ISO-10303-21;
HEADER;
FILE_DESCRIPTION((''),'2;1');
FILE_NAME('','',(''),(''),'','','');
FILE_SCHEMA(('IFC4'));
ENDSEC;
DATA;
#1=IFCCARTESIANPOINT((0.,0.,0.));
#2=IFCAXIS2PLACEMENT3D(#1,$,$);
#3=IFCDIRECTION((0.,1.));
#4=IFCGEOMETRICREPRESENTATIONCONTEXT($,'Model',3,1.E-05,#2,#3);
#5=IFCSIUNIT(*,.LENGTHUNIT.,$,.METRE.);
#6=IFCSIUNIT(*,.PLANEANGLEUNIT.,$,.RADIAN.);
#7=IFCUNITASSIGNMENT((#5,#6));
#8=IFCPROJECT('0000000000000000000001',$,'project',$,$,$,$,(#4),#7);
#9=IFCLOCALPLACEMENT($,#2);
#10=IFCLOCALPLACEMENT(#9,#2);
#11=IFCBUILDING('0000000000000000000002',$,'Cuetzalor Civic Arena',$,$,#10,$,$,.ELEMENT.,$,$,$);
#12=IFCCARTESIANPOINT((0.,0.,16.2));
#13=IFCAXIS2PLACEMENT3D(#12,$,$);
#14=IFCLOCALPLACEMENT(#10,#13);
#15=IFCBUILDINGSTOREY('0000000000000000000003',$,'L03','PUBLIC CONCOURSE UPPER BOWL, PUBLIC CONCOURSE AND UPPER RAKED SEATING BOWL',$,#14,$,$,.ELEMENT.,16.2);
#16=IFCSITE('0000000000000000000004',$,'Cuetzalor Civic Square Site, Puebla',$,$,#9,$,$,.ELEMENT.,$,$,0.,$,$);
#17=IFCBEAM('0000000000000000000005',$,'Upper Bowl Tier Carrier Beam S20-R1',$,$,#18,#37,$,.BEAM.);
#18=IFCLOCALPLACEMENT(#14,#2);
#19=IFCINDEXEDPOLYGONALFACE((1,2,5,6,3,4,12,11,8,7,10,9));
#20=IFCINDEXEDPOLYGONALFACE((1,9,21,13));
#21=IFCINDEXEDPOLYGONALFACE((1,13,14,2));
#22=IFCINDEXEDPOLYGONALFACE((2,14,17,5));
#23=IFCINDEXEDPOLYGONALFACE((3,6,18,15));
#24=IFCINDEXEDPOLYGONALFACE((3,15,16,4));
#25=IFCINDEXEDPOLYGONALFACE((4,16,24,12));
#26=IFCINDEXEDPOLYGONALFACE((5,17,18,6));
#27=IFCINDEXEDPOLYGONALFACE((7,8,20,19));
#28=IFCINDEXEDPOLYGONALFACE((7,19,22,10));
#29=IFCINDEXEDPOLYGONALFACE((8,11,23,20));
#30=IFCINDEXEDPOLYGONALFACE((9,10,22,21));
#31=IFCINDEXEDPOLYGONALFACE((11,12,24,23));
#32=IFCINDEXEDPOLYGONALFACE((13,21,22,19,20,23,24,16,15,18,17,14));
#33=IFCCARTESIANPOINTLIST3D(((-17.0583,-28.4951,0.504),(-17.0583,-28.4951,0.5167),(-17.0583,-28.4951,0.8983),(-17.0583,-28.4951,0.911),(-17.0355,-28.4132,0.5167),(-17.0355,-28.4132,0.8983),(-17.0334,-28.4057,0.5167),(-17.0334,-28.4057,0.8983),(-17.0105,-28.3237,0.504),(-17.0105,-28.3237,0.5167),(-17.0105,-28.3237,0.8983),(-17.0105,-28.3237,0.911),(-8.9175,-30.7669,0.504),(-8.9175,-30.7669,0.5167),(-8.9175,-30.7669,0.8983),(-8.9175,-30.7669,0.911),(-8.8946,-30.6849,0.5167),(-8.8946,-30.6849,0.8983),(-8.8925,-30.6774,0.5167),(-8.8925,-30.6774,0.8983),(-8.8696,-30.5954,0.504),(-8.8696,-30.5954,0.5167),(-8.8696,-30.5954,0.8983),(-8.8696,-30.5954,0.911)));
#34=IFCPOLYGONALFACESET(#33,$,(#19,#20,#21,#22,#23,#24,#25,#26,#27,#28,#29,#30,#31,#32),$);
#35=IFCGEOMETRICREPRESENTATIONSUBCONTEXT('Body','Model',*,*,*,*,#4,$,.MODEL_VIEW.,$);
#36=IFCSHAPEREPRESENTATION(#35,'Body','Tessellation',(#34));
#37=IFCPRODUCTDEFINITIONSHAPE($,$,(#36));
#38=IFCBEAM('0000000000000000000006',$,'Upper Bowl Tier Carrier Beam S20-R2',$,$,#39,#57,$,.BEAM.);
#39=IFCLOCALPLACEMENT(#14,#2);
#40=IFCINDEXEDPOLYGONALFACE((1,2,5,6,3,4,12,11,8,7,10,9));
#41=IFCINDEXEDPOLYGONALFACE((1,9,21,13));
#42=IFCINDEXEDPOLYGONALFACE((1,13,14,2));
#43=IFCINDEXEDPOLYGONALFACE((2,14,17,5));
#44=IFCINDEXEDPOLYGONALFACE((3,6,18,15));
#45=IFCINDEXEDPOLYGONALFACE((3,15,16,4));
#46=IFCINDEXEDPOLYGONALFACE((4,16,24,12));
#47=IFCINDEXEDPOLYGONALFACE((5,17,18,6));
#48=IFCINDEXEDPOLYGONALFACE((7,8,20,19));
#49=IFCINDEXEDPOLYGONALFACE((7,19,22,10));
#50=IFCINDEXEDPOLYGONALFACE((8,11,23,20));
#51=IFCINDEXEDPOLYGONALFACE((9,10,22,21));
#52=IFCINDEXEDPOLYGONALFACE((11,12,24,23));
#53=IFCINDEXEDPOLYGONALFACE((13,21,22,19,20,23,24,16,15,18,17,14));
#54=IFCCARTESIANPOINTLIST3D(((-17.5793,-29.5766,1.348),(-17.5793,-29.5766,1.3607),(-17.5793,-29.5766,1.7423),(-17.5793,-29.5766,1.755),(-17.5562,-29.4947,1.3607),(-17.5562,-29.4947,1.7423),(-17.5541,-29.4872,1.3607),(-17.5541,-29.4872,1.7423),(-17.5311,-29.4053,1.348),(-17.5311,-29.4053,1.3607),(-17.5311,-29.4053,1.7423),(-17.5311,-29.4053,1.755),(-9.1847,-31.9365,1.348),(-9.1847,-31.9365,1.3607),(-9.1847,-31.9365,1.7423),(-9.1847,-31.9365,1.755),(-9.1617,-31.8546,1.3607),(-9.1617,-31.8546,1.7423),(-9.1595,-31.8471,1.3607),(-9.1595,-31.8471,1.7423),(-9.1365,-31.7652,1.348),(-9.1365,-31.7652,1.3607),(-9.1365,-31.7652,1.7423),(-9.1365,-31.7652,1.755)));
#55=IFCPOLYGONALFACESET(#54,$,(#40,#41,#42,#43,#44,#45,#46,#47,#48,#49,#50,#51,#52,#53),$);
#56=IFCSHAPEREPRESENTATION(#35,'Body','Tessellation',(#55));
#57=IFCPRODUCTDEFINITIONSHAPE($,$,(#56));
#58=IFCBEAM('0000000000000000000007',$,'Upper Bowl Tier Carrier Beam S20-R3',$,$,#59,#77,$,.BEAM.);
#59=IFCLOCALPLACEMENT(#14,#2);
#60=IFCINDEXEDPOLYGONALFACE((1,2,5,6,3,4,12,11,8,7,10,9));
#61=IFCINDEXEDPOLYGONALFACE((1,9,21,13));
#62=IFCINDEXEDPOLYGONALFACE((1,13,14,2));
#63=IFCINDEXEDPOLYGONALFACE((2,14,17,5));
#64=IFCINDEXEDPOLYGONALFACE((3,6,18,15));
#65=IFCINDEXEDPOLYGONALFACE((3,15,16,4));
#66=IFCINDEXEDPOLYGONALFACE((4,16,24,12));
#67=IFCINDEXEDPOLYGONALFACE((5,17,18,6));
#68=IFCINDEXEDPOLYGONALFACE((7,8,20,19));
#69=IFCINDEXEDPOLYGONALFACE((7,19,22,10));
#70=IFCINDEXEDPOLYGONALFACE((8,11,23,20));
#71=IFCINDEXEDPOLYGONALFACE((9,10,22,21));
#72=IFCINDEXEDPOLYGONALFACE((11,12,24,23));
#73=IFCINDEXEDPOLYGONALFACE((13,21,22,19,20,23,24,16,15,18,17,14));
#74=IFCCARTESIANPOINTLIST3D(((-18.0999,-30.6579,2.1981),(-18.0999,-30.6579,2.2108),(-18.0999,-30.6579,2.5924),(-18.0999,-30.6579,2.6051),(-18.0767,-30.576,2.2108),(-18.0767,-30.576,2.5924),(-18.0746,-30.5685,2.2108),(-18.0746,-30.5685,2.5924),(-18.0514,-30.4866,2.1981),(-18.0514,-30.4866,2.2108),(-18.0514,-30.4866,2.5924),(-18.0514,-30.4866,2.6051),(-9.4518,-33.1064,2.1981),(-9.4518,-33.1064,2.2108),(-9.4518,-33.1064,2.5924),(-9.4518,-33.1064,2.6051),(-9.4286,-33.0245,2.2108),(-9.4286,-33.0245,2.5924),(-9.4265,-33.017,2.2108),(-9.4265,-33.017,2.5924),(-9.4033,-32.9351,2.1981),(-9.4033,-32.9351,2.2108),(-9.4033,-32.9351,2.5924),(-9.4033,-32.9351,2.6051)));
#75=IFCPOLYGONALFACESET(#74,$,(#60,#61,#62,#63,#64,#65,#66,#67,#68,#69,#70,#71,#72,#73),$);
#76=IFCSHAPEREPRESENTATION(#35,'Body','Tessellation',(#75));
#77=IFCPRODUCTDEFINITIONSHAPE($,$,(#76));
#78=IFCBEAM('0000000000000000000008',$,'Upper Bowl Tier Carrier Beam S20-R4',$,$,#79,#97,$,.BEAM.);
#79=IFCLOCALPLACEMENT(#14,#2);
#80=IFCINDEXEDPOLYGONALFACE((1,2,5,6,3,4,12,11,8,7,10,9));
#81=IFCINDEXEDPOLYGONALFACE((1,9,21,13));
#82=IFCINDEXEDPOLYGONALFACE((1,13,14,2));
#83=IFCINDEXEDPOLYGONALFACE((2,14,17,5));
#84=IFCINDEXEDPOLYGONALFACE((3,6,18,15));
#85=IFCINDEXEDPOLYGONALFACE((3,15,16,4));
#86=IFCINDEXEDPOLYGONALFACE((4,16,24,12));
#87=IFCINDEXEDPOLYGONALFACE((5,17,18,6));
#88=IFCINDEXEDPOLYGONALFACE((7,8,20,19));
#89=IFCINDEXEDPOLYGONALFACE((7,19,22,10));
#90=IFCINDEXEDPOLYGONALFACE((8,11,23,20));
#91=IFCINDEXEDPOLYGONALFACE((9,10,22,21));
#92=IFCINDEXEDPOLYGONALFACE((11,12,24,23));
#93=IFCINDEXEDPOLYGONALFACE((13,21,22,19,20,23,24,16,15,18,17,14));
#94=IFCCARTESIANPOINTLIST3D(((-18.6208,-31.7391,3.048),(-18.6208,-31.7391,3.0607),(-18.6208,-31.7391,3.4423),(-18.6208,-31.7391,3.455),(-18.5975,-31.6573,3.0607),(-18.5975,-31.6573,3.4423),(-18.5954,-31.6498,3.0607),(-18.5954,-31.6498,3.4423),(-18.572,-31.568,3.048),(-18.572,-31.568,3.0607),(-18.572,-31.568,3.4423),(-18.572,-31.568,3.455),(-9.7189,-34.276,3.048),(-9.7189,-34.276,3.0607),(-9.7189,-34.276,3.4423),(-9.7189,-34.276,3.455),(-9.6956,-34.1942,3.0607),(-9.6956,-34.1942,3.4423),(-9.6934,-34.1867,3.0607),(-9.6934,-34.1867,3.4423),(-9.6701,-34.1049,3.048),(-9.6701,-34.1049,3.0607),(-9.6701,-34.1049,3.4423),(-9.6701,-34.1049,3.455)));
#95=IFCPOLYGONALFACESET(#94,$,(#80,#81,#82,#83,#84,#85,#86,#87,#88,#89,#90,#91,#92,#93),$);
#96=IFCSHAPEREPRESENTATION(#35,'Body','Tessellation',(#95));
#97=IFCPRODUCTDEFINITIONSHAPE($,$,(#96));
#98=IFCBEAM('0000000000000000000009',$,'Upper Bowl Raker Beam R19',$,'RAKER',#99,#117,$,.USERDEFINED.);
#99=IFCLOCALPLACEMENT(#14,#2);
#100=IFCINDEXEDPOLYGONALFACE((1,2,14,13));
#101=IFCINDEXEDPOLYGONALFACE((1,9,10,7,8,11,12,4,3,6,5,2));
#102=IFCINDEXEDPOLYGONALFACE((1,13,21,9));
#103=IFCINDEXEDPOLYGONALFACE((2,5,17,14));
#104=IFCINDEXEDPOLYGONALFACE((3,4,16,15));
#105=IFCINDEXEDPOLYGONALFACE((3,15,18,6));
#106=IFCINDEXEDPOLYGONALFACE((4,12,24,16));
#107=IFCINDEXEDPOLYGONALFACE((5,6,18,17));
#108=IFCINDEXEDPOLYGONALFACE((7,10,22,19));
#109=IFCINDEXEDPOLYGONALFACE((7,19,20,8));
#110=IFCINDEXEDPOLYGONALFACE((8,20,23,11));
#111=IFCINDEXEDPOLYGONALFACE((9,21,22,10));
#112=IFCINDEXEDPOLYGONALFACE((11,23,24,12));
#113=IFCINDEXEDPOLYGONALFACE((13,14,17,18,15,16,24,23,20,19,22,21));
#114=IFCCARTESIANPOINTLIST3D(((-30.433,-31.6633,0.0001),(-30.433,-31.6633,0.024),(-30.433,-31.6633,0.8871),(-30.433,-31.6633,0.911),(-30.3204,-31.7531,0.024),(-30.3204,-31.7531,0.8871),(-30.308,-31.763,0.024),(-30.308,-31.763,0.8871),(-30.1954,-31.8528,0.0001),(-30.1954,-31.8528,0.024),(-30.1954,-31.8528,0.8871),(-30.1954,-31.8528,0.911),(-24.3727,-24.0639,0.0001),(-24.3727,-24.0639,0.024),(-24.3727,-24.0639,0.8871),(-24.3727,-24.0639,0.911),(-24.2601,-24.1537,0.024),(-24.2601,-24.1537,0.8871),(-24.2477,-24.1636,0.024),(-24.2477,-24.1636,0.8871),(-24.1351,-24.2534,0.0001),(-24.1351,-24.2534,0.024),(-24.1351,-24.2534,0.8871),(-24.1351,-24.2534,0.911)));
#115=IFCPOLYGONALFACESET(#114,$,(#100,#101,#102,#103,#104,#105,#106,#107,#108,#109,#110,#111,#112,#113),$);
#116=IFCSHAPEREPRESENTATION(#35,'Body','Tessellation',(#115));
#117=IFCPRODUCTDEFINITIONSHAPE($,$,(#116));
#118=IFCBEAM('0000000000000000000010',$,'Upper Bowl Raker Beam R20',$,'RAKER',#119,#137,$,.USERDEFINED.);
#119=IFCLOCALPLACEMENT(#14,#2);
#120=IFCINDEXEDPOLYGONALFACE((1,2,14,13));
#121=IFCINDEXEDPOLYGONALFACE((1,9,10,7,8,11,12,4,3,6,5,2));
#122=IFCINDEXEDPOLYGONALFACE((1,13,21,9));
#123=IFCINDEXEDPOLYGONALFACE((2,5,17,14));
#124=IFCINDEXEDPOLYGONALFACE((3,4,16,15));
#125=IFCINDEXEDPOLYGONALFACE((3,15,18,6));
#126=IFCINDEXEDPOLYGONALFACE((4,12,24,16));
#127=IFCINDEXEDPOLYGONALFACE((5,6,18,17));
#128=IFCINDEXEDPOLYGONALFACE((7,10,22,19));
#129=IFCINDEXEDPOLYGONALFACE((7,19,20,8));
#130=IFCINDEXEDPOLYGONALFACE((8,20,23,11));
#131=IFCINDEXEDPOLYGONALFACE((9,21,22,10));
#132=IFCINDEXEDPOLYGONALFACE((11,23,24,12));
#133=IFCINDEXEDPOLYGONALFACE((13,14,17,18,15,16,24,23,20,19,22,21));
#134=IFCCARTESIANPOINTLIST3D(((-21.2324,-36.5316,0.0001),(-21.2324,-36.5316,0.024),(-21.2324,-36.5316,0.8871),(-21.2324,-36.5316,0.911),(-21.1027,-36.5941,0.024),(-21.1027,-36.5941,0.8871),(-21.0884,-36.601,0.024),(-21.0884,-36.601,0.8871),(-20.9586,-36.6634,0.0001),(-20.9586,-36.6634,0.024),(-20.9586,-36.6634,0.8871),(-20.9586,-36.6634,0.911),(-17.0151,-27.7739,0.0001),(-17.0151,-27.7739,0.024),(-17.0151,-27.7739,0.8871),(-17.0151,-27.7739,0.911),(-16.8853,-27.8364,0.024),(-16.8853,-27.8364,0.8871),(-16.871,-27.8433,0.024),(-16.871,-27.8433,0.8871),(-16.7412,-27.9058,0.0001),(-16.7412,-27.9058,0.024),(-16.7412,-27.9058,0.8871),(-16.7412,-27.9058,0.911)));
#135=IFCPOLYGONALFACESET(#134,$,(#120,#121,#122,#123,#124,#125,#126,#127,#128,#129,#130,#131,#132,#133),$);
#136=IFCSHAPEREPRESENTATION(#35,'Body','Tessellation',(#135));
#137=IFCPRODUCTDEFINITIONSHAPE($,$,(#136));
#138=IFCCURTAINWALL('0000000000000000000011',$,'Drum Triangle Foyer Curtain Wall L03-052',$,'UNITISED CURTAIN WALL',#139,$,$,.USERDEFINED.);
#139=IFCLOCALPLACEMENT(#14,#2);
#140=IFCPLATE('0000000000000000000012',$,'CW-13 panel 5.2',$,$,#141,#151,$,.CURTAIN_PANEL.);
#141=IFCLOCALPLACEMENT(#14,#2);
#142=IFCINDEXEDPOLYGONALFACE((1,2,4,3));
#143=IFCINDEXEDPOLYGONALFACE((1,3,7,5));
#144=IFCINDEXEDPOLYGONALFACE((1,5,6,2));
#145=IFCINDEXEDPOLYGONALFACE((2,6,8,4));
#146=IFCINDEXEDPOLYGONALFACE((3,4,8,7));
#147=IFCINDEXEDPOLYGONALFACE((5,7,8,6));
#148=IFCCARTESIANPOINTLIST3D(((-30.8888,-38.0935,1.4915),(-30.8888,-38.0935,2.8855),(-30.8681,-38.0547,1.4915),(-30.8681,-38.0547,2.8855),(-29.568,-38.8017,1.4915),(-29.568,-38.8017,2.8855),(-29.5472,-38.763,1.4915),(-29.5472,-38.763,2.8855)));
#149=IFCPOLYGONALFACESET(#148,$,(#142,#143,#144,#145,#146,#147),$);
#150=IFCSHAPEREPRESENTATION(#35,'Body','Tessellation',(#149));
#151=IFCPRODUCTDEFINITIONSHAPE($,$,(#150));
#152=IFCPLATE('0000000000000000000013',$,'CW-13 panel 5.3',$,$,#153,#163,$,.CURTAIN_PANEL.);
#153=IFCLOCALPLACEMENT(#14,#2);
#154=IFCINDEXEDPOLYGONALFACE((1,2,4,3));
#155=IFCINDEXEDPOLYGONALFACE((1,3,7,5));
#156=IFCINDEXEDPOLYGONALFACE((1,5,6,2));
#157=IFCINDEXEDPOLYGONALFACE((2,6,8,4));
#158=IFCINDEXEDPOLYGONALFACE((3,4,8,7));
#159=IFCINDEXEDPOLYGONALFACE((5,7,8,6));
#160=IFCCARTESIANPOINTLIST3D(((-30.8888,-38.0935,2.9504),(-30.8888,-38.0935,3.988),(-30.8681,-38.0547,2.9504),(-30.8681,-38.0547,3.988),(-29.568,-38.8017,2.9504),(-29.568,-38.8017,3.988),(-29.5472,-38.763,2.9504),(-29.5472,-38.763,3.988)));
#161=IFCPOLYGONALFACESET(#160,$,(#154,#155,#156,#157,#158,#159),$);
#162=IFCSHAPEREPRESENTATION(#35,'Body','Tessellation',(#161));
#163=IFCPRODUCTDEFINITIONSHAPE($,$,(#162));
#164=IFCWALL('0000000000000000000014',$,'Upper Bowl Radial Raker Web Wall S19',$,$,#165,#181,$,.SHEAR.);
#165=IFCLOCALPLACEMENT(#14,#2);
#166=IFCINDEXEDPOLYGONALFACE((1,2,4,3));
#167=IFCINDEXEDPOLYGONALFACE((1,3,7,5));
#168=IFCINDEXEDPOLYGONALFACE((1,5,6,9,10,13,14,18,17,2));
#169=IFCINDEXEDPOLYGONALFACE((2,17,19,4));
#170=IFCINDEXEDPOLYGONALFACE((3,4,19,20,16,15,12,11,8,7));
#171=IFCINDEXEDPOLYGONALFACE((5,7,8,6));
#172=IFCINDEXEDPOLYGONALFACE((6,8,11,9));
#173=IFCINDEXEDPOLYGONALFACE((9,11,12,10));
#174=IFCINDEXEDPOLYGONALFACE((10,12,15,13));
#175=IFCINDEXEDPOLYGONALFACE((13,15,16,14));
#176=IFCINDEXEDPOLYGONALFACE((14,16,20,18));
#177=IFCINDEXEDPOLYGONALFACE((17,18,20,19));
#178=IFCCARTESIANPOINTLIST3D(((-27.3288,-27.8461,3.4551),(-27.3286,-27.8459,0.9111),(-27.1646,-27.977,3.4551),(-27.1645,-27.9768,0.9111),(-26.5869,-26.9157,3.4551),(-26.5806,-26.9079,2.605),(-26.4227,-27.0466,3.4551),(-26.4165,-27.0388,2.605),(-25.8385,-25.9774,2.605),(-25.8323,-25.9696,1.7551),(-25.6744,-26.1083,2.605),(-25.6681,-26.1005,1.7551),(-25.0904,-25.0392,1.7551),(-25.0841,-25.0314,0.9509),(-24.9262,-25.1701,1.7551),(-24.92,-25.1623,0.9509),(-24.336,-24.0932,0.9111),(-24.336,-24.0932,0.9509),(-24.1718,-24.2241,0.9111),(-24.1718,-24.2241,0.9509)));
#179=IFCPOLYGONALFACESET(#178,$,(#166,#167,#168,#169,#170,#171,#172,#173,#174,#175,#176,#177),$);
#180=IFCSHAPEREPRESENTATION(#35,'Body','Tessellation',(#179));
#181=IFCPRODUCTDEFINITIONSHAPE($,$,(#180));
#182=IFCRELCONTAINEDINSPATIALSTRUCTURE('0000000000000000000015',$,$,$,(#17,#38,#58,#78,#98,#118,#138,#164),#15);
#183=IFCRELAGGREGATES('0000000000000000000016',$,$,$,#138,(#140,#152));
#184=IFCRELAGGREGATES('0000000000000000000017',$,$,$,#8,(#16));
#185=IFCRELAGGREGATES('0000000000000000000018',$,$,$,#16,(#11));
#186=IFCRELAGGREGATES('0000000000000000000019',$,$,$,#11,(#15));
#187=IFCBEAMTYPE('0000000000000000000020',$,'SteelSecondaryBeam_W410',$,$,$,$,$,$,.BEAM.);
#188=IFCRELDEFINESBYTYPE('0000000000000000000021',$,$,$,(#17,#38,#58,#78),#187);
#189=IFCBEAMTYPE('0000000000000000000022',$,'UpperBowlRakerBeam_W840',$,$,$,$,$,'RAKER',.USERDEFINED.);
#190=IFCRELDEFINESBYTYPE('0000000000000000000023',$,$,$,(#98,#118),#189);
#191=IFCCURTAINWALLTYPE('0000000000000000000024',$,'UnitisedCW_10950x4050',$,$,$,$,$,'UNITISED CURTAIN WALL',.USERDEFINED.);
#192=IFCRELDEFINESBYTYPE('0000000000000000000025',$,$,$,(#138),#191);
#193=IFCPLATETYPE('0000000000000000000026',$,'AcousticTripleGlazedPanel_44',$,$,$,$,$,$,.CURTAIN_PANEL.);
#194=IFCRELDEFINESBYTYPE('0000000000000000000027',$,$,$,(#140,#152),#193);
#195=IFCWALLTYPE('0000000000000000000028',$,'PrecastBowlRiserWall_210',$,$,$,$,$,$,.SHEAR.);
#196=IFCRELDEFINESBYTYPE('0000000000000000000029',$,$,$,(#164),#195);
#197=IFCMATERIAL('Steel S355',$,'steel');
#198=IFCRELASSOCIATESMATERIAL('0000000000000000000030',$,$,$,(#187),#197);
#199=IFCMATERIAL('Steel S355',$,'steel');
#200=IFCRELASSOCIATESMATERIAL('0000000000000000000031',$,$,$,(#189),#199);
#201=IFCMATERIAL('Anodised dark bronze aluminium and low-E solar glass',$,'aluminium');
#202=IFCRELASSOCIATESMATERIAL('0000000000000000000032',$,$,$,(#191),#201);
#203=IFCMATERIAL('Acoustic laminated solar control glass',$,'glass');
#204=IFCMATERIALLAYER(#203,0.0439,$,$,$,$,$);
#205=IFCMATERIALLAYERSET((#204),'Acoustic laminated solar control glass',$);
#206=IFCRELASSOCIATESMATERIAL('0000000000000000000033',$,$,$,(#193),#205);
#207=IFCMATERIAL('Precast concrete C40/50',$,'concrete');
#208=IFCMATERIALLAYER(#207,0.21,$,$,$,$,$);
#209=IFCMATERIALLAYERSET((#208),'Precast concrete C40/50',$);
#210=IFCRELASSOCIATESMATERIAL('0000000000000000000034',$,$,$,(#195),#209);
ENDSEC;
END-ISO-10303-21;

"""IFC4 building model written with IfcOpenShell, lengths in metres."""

from ifc_helpers import new_model, si_unit, direction, frame, origin, origin_2d, place, context, subcontext, project, spatial, polyline, rectangle, i_section, outline, extrude, material, layer, layer_set, material_profile, profile_set, type_object, element, aggregate, save


model = new_model("IFC4")

# Units and contexts
model_context = context("Model", 3, precision=1e-05, world=origin(), true_north=direction((0.0, 1.0)))
body_context = subcontext(model_context, "Body", "Model", "MODEL_VIEW")
ifc_project = project(units=[si_unit("LENGTHUNIT", "METRE"), si_unit("PLANEANGLEUNIT", "RADIAN")], contexts=[model_context])

# Site, building, storey
site_placement = place(None, origin())
site = spatial("IfcSite", under=ifc_project, at=site_placement, Name="Cuetzalor Civic Square Site, Puebla", CompositionType="ELEMENT", RefElevation=0.0)
building_placement = place(site_placement, origin())
building = spatial("IfcBuilding", under=site, at=building_placement, Name="Cuetzalor Civic Arena", CompositionType="ELEMENT")
storey_placement = place(building_placement, frame((0.0, 0.0, 16.2)))
storey = spatial("IfcBuildingStorey", under=building, at=storey_placement, Name="L03", Description="PUBLIC CONCOURSE UPPER BOWL, PUBLIC CONCOURSE AND UPPER RAKED SEATING BOWL", CompositionType="ELEMENT", Elevation=16.2)

# Beams
ifc_material_1 = material(Name="Steel S355", Category="steel")
ifc_material_profile_1 = material_profile(ifc_material_1, i_section(OverallWidth=0.178, OverallDepth=0.407, WebThickness=0.0078, FlangeThickness=0.0127, at=origin_2d()), Name="W410x60")
ifc_profile_set_1 = profile_set([ifc_material_profile_1], Name="Steel S355")
beam_type_1 = type_object("IfcBeamType", Name="SteelSecondaryBeam_W410", PredefinedType="BEAM", material=ifc_profile_set_1)
beam_1_placement = place(storey_placement, frame((-17.0344, -28.4094, 0.7075), z_axis=(0.963201, -0.268783, 0.0), x_axis=(0.268783, 0.963201, 0.0)))
element("IfcBeam", 1, at=beam_1_placement, inside=storey, type_object=beam_type_1, Name="Upper Bowl Tier Carrier Beam S20-R1", PredefinedType="BEAM", context=body_context, shape_type="SweptSolid", body=[
    extrude(i_section(OverallWidth=0.178, OverallDepth=0.407, WebThickness=0.0078, FlangeThickness=0.0127, at=origin_2d()), origin(), (0.0, 0.0, 1.0), 8.4519),
])
beam_2_placement = place(storey_placement, frame((-17.5552, -29.491, 1.5515), z_axis=(0.962684, -0.270629, 0.0), x_axis=(0.270629, 0.962684, 0.0)))
element("IfcBeam", 2, at=beam_2_placement, inside=storey, type_object=beam_type_1, Name="Upper Bowl Tier Carrier Beam S20-R2", PredefinedType="BEAM", context=body_context, shape_type="SweptSolid", body=[
    extrude(i_section(OverallWidth=0.178, OverallDepth=0.407, WebThickness=0.0078, FlangeThickness=0.0127, at=origin_2d()), origin(), (0.0, 0.0, 1.0), 8.72),
])
beam_3_placement = place(storey_placement, frame((-18.0757, -30.5723, 2.4016), z_axis=(0.96218, -0.272414, 0.0), x_axis=(0.272414, 0.96218, 0.0)))
element("IfcBeam", 3, at=beam_3_placement, inside=storey, type_object=beam_type_1, Name="Upper Bowl Tier Carrier Beam S20-R3", PredefinedType="BEAM", context=body_context, shape_type="SweptSolid", body=[
    extrude(i_section(OverallWidth=0.178, OverallDepth=0.407, WebThickness=0.0078, FlangeThickness=0.0127, at=origin_2d()), origin(), (0.0, 0.0, 1.0), 8.988),
])
beam_4_placement = place(storey_placement, frame((-18.5964, -31.6536, 3.2515), z_axis=(0.96171, -0.27407, 0.0), x_axis=(0.27407, 0.96171, 0.0)))
element("IfcBeam", 4, at=beam_4_placement, inside=storey, type_object=beam_type_1, Name="Upper Bowl Tier Carrier Beam S20-R4", PredefinedType="BEAM", context=body_context, shape_type="SweptSolid", body=[
    extrude(i_section(OverallWidth=0.178, OverallDepth=0.407, WebThickness=0.0078, FlangeThickness=0.0127, at=origin_2d()), origin(), (0.0, 0.0, 1.0), 9.2563),
])
ifc_material_2 = material(Name="Steel S355", Category="steel")
ifc_material_profile_2 = material_profile(ifc_material_2, i_section(OverallWidth=0.304, OverallDepth=0.9109, WebThickness=0.0159, FlangeThickness=0.0239, at=origin_2d()), Name="W920x223")
ifc_profile_set_2 = profile_set([ifc_material_profile_2], Name="Steel S355")
beam_type_2 = type_object("IfcBeamType", Name="UpperBowlRakerBeam_W840", ElementType="RAKER", PredefinedType="USERDEFINED", material=ifc_profile_set_2)
beam_5_placement = place(storey_placement, frame((-24.2539, -24.1587, 0.4556), z_axis=(-0.623491, -0.781831, 0.0), x_axis=(0.781831, -0.623491, 0.0)))
element("IfcBeam", 5, at=beam_5_placement, inside=storey, type_object=beam_type_2, Name="Upper Bowl Raker Beam R19", ObjectType="RAKER", PredefinedType="USERDEFINED", context=body_context, shape_type="SweptSolid", body=[
    extrude(i_section(OverallWidth=0.304, OverallDepth=0.9109, WebThickness=0.0159, FlangeThickness=0.0239, at=origin_2d()), origin(), (0.0, 0.0, 1.0), 9.72),
])
beam_6_placement = place(storey_placement, frame((-16.8782, -27.8398, 0.4556), z_axis=(-0.433872, -0.900974, 0.0), x_axis=(0.900974, -0.433872, 0.0)))
element("IfcBeam", 6, at=beam_6_placement, inside=storey, type_object=beam_type_2, Name="Upper Bowl Raker Beam R20", ObjectType="RAKER", PredefinedType="USERDEFINED", context=body_context, shape_type="SweptSolid", body=[
    extrude(i_section(OverallWidth=0.304, OverallDepth=0.9109, WebThickness=0.0159, FlangeThickness=0.0239, at=origin_2d()), origin(), (0.0, 0.0, 1.0), 9.7202),
])

# Curtain wall, plates
ifc_material_3 = material(Name="Anodised dark bronze aluminium and low-E solar glass", Category="aluminium")
curtain_wall_type = type_object("IfcCurtainWallType", Name="UnitisedCW_10950x4050", ElementType="UNITISED CURTAIN WALL", PredefinedType="USERDEFINED", material=ifc_material_3)
curtain_wall_placement = place(storey_placement, origin())
curtain_wall = element("IfcCurtainWall", 7, at=curtain_wall_placement, inside=storey, type_object=curtain_wall_type, Name="Drum Triangle Foyer Curtain Wall L03-052", ObjectType="UNITISED CURTAIN WALL", PredefinedType="USERDEFINED")
ifc_material_4 = material(Name="Acoustic laminated solar control glass", Category="glass")
ifc_layer_1 = layer(ifc_material_4, 0.0439)
ifc_layer_set_1 = layer_set([ifc_layer_1], Name="Acoustic laminated solar control glass")
plate_type = type_object("IfcPlateType", Name="AcousticTripleGlazedPanel_44", PredefinedType="CURTAIN_PANEL", material=ifc_layer_set_1)
plate_1_placement = place(storey_placement, frame((-30.218, -38.4282, 1.4915), z_axis=(0.0, 0.0, 1.0), x_axis=(-0.881306, 0.472545, 0.0)))
plate_1 = element("IfcPlate", 8, at=plate_1_placement, type_object=plate_type, Name="CW-13 panel 5.2", PredefinedType="CURTAIN_PANEL", context=body_context, shape_type="SweptSolid", body=[
    extrude(rectangle(XDim=1.4988, YDim=0.0439, at=origin_2d()), origin(), (0.0, 0.0, 1.0), 1.394),
])
plate_2_placement = place(storey_placement, frame((-30.218, -38.4282, 2.9504), z_axis=(0.0, 0.0, 1.0), x_axis=(-0.881306, 0.472545, 0.0)))
plate_2 = element("IfcPlate", 9, at=plate_2_placement, type_object=plate_type, Name="CW-13 panel 5.3", PredefinedType="CURTAIN_PANEL", context=body_context, shape_type="SweptSolid", body=[
    extrude(rectangle(XDim=1.4988, YDim=0.0439, at=origin_2d()), origin(), (0.0, 0.0, 1.0), 1.0376),
])
aggregate(curtain_wall, [plate_1, plate_2])

# Wall
ifc_material_5 = material(Name="Precast concrete C40/50", Category="concrete")
ifc_layer_2 = layer(ifc_material_5, 0.21)
ifc_layer_set_2 = layer_set([ifc_layer_2], Name="Precast concrete C40/50")
wall_type = type_object("IfcWallType", Name="PrecastBowlRiserWall_210", PredefinedType="SHEAR", material=ifc_layer_set_2)
wall_1_placement = place(storey_placement, frame((-24.2539, -24.1587, 0.9111), z_axis=(0.0, 0.0, 1.0), x_axis=(-0.623491, -0.781831, 0.0)))
element("IfcWall", 10, at=wall_1_placement, inside=storey, type_object=wall_type, Name="Upper Bowl Radial Raker Web Wall S19", PredefinedType="SHEAR", context=body_context, shape_type="SweptSolid", body=[
    extrude(outline(polyline([(0.0, 0.0), (4.7998, 0.0), (4.8, 2.5439), (3.6101, 2.5439), (3.6001, 1.6938), (2.4099, 1.6938), (2.3999, 0.844), (1.21, 0.844), (1.2, 0.0398), (0.0, 0.0398), (0.0, 0.0)])), frame((0.0, 0.105, 0.0), z_axis=(0.0, -1.0, 0.0), x_axis=(1.0, 0.0, 0.0)), (0.0, 0.0, 1.0), 0.21),
])

save(model, "model.ifc")
